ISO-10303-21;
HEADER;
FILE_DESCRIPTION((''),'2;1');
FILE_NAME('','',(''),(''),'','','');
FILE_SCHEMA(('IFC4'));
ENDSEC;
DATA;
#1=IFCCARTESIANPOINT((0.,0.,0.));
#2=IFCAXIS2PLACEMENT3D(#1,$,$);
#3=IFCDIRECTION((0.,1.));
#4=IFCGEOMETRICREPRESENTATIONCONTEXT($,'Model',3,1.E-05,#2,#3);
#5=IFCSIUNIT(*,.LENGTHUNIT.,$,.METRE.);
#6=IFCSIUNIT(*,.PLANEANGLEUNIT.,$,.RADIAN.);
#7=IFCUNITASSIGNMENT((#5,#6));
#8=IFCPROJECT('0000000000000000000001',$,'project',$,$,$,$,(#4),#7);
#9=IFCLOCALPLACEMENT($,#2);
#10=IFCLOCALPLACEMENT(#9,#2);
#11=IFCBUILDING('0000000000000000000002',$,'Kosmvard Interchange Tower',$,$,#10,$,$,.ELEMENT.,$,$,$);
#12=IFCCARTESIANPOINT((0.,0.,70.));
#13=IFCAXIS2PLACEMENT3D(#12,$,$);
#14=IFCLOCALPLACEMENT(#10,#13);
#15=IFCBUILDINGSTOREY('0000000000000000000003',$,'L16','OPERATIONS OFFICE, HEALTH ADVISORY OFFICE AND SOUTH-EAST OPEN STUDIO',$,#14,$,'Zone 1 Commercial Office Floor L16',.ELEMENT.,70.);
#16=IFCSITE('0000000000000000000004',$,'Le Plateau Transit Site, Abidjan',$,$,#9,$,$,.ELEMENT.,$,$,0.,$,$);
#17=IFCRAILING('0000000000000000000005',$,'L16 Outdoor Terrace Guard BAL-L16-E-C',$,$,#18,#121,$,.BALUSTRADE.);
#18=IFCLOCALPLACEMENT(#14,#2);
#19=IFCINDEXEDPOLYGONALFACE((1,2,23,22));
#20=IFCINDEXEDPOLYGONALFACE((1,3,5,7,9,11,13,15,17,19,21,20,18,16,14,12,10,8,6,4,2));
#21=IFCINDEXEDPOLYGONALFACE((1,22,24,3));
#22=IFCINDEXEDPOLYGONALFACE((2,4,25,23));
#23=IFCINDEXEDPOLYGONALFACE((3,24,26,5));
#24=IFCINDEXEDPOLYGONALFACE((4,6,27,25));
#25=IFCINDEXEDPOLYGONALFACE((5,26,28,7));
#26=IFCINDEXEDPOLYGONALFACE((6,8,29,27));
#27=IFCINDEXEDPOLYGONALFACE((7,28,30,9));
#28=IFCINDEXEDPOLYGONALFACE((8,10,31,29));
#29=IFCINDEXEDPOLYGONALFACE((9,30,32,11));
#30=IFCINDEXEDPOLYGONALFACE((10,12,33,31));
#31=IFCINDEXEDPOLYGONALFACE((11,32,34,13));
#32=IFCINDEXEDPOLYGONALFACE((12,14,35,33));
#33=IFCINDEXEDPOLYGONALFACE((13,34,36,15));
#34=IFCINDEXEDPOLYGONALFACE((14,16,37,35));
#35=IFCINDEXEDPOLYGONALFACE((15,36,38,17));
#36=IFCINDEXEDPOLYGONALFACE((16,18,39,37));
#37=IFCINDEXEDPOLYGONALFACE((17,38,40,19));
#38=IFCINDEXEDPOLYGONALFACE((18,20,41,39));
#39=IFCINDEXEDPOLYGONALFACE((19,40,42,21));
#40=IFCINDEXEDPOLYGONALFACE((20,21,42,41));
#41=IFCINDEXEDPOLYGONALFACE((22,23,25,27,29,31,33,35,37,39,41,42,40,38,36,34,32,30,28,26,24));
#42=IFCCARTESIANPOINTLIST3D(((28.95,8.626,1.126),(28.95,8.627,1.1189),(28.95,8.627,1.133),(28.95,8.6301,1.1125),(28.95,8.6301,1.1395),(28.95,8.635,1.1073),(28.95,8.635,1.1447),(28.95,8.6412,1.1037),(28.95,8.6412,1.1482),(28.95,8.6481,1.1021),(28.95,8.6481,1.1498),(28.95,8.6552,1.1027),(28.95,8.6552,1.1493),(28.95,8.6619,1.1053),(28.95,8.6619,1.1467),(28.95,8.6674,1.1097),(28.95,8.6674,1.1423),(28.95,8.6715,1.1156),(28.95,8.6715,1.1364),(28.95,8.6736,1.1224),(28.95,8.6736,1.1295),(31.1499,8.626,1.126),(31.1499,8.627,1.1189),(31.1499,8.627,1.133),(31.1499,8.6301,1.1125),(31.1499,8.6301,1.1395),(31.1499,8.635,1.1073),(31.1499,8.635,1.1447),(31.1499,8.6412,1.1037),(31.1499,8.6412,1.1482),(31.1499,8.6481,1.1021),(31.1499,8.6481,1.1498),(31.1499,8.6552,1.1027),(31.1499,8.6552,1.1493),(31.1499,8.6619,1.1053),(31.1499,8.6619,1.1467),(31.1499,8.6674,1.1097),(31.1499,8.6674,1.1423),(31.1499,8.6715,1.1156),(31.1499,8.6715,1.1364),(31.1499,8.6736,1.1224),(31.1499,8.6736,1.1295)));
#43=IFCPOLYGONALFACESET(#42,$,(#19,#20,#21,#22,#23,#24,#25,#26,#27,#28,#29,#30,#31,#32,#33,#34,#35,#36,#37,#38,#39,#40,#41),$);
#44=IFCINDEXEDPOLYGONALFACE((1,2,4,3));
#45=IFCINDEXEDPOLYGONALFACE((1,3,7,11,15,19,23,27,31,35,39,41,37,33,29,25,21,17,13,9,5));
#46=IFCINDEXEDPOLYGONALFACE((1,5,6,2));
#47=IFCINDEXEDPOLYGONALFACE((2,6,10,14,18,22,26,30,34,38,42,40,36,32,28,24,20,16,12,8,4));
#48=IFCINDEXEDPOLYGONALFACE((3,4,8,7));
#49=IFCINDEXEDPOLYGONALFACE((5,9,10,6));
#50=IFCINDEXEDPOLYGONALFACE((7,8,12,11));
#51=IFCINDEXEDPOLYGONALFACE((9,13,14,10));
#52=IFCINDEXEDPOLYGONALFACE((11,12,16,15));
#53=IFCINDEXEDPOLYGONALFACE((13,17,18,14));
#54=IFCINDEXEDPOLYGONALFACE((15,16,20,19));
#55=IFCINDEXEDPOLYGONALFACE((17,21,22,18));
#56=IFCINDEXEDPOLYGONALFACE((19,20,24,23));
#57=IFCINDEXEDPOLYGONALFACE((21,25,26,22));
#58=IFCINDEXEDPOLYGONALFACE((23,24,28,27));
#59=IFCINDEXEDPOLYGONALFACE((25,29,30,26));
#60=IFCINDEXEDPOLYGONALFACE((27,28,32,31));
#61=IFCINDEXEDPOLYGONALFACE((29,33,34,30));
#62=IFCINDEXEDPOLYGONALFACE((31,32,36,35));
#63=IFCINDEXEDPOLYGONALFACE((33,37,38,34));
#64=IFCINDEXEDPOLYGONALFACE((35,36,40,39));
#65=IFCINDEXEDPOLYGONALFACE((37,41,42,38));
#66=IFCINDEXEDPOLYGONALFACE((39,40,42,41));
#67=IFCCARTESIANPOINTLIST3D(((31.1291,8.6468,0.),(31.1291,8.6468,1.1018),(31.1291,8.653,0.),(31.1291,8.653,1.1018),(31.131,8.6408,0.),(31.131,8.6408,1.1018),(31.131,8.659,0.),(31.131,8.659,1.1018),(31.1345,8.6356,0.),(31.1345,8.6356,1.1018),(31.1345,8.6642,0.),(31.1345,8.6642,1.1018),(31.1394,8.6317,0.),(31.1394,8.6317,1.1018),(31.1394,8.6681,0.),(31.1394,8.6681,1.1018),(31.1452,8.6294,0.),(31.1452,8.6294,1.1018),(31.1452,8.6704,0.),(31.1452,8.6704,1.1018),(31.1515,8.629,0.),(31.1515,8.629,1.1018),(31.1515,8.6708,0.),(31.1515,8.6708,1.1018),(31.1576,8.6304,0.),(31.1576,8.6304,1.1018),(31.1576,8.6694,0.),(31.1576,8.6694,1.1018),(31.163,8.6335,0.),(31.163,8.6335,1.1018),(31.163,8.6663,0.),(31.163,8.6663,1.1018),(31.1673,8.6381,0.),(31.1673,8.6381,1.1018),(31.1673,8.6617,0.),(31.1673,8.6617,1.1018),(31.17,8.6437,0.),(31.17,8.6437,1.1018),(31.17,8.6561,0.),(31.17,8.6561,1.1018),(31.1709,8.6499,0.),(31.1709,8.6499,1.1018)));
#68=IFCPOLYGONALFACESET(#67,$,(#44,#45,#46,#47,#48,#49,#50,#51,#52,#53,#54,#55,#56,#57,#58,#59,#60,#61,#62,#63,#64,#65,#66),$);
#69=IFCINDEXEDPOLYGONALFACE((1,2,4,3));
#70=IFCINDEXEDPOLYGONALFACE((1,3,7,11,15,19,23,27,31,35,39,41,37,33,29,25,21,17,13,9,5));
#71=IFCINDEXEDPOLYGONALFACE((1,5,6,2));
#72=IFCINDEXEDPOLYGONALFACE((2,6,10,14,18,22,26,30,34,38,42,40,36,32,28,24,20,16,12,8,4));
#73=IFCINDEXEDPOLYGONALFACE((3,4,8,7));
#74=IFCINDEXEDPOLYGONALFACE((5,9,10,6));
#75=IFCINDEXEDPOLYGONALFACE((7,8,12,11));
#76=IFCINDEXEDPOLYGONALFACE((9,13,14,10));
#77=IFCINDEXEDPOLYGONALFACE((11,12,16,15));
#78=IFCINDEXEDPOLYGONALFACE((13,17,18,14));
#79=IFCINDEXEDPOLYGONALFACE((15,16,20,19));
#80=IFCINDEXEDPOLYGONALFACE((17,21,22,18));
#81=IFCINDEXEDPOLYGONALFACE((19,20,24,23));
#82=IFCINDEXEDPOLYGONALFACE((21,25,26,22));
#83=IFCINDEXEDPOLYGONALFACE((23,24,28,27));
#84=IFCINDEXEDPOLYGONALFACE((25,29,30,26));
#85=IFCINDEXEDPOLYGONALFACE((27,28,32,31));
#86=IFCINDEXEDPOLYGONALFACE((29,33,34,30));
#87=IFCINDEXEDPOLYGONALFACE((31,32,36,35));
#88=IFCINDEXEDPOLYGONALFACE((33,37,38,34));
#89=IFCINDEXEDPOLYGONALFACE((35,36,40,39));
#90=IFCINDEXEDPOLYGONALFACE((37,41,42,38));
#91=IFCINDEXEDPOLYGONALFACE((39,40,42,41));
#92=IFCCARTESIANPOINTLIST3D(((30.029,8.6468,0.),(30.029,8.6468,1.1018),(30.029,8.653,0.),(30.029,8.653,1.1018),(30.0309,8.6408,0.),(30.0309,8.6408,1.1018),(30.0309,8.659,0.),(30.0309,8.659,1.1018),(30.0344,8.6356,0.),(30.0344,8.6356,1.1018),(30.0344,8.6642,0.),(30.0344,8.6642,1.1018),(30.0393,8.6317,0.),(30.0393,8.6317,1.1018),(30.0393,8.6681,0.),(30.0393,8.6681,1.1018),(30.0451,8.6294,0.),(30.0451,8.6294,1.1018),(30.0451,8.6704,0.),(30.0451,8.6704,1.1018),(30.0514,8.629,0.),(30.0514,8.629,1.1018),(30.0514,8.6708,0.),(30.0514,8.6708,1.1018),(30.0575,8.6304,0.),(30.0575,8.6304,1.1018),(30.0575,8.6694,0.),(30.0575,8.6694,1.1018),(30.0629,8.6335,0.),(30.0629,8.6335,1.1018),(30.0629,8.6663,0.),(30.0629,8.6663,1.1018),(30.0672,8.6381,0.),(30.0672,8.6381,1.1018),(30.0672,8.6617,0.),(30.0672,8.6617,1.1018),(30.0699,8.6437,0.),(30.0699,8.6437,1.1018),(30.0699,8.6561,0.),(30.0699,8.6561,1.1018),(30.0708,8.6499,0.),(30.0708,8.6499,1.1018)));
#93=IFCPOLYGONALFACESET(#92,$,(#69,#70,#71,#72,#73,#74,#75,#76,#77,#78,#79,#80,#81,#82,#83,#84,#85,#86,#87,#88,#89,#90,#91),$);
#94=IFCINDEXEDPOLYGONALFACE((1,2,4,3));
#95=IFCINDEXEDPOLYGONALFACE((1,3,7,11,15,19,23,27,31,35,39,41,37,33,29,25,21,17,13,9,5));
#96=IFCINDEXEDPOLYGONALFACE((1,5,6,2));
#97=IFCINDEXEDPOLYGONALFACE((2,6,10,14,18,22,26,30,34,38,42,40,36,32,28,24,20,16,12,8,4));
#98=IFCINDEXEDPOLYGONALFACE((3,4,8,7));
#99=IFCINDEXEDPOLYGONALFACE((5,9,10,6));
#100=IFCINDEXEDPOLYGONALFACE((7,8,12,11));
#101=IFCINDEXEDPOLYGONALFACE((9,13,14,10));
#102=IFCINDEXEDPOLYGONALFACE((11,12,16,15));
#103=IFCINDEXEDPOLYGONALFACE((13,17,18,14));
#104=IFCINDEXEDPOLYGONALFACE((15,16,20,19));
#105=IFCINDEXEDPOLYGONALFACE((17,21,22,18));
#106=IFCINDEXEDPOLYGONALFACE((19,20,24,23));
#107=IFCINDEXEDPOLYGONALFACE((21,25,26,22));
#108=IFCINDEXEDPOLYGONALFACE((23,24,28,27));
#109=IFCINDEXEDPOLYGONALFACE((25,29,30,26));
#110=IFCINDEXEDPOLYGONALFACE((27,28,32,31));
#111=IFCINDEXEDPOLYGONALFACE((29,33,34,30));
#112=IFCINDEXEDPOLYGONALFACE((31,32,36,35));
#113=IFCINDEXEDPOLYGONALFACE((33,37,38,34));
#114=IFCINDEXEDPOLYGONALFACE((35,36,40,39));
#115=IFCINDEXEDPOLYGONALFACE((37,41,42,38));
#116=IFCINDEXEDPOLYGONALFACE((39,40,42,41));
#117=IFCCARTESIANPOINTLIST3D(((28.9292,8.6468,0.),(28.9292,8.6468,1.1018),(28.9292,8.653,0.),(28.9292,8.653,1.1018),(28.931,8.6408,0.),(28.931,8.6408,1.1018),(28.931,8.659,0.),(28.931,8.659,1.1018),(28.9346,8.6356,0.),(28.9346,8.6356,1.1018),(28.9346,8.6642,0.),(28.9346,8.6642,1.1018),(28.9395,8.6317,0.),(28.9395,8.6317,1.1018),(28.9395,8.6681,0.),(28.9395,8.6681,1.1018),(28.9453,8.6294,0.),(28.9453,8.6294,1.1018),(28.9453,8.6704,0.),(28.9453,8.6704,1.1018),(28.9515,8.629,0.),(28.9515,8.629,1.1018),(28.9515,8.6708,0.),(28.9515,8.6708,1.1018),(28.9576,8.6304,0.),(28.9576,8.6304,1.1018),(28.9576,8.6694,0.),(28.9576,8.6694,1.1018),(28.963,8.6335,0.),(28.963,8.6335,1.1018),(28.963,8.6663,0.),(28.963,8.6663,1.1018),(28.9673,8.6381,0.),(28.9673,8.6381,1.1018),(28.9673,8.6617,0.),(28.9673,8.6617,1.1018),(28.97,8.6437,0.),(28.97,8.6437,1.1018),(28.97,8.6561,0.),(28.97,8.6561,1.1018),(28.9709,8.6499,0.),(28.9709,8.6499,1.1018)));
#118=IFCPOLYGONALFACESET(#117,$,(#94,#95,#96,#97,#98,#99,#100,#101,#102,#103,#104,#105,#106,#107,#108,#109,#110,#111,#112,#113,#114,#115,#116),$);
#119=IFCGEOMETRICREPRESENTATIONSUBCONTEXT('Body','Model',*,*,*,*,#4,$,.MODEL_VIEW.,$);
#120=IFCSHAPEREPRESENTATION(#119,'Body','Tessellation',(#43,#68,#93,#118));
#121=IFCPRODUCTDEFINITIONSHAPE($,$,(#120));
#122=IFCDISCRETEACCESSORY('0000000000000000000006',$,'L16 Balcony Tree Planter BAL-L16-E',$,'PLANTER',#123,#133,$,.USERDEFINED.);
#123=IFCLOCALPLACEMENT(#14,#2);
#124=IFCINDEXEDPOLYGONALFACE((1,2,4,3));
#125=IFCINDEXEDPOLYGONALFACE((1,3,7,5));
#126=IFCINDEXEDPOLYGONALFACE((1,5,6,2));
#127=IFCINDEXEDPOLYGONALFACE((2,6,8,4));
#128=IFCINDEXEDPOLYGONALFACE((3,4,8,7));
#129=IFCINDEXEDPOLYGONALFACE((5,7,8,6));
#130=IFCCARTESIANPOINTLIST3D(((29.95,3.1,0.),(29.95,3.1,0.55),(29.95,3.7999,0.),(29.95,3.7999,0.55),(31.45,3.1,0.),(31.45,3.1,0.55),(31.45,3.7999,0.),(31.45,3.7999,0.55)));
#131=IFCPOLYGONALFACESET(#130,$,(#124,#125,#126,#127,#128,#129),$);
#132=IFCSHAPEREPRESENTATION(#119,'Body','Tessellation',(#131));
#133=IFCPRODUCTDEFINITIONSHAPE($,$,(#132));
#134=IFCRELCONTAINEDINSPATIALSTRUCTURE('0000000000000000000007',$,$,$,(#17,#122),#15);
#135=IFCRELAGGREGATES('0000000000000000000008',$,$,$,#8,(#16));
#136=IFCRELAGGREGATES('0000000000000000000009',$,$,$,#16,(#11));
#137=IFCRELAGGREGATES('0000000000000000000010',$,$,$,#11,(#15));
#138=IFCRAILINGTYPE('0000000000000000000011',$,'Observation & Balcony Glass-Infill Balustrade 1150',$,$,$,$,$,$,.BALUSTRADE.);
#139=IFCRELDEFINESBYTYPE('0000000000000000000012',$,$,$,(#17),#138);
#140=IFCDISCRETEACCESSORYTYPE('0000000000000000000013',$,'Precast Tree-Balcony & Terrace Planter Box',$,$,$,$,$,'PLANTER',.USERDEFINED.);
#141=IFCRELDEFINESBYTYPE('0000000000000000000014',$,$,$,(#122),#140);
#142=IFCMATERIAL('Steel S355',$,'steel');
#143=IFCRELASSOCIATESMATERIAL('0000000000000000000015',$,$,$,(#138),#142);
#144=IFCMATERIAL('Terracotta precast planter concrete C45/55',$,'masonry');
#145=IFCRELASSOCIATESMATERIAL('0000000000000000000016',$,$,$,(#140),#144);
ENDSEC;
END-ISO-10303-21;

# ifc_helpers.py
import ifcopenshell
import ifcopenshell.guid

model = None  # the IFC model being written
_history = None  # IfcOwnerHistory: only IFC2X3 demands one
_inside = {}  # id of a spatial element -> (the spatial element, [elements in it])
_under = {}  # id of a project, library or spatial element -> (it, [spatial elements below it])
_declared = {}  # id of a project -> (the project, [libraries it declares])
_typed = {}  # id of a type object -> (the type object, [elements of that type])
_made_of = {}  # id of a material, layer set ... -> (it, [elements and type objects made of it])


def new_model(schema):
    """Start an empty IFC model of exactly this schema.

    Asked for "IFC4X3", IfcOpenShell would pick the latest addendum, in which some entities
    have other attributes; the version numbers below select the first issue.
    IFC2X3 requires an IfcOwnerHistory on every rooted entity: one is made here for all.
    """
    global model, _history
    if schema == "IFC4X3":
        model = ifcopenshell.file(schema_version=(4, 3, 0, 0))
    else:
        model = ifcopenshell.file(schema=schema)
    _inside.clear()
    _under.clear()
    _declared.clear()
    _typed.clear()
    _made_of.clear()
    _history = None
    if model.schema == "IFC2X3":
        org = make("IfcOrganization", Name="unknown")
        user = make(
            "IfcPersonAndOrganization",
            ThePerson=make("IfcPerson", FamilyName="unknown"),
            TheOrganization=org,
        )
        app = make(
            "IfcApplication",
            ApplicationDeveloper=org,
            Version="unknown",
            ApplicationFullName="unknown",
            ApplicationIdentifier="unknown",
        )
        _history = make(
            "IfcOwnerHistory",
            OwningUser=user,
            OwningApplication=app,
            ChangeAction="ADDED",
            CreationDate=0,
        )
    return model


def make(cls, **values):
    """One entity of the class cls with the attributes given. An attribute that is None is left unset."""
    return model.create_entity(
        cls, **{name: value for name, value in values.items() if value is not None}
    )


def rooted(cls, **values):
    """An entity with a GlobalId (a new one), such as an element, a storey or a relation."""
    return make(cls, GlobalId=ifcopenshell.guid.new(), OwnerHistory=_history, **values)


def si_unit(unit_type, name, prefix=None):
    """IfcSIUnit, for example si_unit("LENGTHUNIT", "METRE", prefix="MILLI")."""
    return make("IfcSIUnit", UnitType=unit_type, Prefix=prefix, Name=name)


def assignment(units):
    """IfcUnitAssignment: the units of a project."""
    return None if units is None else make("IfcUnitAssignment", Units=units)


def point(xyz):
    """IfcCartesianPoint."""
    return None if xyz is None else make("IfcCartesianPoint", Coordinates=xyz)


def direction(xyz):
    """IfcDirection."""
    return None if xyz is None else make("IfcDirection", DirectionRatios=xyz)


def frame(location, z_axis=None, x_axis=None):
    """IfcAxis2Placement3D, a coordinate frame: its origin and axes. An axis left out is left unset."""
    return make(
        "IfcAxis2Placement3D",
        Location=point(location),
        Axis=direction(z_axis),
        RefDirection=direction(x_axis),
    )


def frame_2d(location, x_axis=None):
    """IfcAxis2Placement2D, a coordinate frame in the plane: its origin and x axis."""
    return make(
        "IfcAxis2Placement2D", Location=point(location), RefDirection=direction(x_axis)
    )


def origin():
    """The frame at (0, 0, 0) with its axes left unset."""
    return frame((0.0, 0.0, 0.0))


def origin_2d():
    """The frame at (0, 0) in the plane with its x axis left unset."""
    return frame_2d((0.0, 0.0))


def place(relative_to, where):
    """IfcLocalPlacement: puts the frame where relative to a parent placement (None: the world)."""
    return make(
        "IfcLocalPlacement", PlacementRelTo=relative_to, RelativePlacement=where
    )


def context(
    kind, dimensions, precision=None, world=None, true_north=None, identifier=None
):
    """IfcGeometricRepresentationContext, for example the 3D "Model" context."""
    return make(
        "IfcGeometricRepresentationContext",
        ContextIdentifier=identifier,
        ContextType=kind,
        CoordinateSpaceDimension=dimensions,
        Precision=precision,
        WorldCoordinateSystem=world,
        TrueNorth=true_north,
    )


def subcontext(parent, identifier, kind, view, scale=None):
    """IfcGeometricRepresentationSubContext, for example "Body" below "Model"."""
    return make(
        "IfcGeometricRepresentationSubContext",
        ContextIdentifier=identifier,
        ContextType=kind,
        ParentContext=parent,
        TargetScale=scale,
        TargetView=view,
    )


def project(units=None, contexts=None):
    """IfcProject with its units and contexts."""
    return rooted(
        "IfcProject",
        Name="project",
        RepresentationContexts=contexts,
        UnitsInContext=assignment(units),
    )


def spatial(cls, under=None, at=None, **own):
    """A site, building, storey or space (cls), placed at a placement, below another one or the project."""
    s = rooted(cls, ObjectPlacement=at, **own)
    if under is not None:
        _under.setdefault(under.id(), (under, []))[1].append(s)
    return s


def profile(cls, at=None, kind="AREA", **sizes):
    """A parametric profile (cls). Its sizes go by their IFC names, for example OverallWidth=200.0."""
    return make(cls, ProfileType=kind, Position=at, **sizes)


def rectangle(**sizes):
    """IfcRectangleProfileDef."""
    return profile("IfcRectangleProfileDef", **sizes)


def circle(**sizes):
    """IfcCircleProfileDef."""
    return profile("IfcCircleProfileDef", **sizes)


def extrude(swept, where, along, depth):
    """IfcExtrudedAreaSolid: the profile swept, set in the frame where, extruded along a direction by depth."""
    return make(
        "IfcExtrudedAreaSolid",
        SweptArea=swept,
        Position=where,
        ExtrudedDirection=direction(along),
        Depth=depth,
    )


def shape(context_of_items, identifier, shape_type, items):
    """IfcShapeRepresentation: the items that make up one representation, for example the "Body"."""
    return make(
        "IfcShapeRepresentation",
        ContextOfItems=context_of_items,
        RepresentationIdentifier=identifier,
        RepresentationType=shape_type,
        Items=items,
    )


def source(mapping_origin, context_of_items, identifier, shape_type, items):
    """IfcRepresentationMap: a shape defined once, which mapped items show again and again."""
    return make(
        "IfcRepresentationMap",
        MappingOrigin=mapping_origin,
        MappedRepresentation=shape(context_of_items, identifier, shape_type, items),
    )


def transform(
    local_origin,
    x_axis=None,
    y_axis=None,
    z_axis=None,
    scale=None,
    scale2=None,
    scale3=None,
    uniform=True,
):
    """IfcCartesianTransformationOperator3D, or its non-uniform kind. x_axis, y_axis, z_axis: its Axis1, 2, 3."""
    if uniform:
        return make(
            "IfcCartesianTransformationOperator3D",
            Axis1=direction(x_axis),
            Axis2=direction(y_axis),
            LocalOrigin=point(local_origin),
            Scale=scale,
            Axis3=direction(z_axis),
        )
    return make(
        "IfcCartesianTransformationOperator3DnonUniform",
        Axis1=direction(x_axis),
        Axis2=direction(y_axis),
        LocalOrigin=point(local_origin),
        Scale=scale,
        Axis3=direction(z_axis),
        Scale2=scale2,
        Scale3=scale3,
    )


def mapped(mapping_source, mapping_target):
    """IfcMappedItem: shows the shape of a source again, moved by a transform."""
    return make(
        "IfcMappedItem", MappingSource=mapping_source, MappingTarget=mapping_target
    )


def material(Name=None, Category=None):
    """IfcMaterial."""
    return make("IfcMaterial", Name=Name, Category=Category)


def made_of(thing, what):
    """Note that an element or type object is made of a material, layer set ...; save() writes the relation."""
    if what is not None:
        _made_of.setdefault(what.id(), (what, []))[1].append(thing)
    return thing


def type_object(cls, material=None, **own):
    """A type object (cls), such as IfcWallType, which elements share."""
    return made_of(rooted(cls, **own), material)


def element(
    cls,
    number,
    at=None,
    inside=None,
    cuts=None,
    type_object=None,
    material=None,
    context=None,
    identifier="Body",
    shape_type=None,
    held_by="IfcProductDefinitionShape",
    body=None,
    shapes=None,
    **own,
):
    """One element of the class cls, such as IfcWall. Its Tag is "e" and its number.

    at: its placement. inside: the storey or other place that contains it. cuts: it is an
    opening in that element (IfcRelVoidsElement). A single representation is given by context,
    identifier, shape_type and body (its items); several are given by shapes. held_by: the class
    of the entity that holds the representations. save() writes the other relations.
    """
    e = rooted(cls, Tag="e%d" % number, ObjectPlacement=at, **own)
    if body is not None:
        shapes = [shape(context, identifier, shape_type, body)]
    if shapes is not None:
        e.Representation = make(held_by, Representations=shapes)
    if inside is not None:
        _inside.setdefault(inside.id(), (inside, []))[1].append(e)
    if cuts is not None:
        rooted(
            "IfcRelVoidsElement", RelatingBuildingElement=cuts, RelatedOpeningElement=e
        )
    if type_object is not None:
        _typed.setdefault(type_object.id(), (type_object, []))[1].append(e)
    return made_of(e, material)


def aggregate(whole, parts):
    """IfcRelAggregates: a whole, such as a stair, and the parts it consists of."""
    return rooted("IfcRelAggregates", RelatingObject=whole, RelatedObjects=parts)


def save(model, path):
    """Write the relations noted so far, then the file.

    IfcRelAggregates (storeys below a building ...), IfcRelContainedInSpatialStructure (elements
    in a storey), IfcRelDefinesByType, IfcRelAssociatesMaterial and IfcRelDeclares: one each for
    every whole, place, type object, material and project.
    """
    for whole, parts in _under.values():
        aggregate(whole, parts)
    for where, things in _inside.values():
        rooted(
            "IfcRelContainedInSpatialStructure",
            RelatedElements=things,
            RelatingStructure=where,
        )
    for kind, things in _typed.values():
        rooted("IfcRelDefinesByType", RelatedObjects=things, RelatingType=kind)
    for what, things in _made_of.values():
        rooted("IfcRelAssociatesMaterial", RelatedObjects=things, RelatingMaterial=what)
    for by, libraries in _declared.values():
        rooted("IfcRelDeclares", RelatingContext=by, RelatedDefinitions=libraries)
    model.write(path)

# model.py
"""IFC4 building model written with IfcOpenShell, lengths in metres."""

from ifc_helpers import new_model, si_unit, direction, frame, origin, origin_2d, place, context, subcontext, project, spatial, rectangle, circle, extrude, source, transform, mapped, material, type_object, element, save


model = new_model("IFC4")

# Units and contexts
model_context = context("Model", 3, precision=1e-05, world=origin(), true_north=direction((0.0, 1.0)))
body_context = subcontext(model_context, "Body", "Model", "MODEL_VIEW")
ifc_project = project(units=[si_unit("LENGTHUNIT", "METRE"), si_unit("PLANEANGLEUNIT", "RADIAN")], contexts=[model_context])

# Site, building, storey
site_placement = place(None, origin())
site = spatial("IfcSite", under=ifc_project, at=site_placement, Name="Le Plateau Transit Site, Abidjan", CompositionType="ELEMENT", RefElevation=0.0)
building_placement = place(site_placement, origin())
building = spatial("IfcBuilding", under=site, at=building_placement, Name="Kosmvard Interchange Tower", CompositionType="ELEMENT")
storey_placement = place(building_placement, frame((0.0, 0.0, 70.0)))
storey = spatial("IfcBuildingStorey", under=building, at=storey_placement, Name="L16", Description="OPERATIONS OFFICE, HEALTH ADVISORY OFFICE AND SOUTH-EAST OPEN STUDIO", LongName="Zone 1 Commercial Office Floor L16", CompositionType="ELEMENT", Elevation=70.0)

# Shared definitions
ifc_material_1 = material(Name="Steel S355", Category="steel")

# Railing
railing_type = type_object("IfcRailingType", Name="Observation & Balcony Glass-Infill Balustrade 1150", PredefinedType="BALUSTRADE", material=ifc_material_1)
shared_shape_1 = source(origin(), body_context, "Body", "SweptSolid", [
    extrude(circle(Radius=0.0239, at=origin_2d()), frame((0.0, 0.0, 1.126), z_axis=(-1.0, 0.0, 0.0), x_axis=(0.0, -1.0, 0.0)), (0.0, 0.0, 1.0), 2.2),
    extrude(circle(Radius=0.021, at=origin_2d()), origin(), (0.0, 0.0, 1.0), 1.1018),
    extrude(circle(Radius=0.021, at=origin_2d()), frame((-1.1001, 0.0, 0.0)), (0.0, 0.0, 1.0), 1.1018),
    extrude(circle(Radius=0.021, at=origin_2d()), frame((-2.2, 0.0, 0.0)), (0.0, 0.0, 1.0), 1.1018),
])
railing_1_placement = place(storey_placement, frame((31.1499, 8.6499, 0.0)))
element("IfcRailing", 1, at=railing_1_placement, inside=storey, type_object=railing_type, Name="L16 Outdoor Terrace Guard BAL-L16-E-C", PredefinedType="BALUSTRADE", context=body_context, shape_type="MappedRepresentation", body=[
    mapped(shared_shape_1, transform((0.0, 0.0, 0.0), scale=1.0)),
])

# Discrete accessory
ifc_material_2 = material(Name="Terracotta precast planter concrete C45/55", Category="masonry")
discrete_accessory_type = type_object("IfcDiscreteAccessoryType", Name="Precast Tree-Balcony & Terrace Planter Box", ElementType="PLANTER", PredefinedType="USERDEFINED", material=ifc_material_2)
shared_shape_2 = source(origin(), body_context, "Body", "SweptSolid", [
    extrude(rectangle(XDim=1.5, YDim=0.7, at=origin_2d()), origin(), (0.0, 0.0, 1.0), 0.55),
])
discrete_accessory_placement = place(storey_placement, frame((30.7, 3.45, 0.0), z_axis=(0.0, 0.0, 1.0), x_axis=(1.0, 0.0, 0.0)))
element("IfcDiscreteAccessory", 2, at=discrete_accessory_placement, inside=storey, type_object=discrete_accessory_type, Name="L16 Balcony Tree Planter BAL-L16-E", ObjectType="PLANTER", PredefinedType="USERDEFINED", context=body_context, shape_type="MappedRepresentation", body=[
    mapped(shared_shape_2, transform((0.0, 0.0, 0.0), scale=1.0)),
])

save(model, "model.ifc")
